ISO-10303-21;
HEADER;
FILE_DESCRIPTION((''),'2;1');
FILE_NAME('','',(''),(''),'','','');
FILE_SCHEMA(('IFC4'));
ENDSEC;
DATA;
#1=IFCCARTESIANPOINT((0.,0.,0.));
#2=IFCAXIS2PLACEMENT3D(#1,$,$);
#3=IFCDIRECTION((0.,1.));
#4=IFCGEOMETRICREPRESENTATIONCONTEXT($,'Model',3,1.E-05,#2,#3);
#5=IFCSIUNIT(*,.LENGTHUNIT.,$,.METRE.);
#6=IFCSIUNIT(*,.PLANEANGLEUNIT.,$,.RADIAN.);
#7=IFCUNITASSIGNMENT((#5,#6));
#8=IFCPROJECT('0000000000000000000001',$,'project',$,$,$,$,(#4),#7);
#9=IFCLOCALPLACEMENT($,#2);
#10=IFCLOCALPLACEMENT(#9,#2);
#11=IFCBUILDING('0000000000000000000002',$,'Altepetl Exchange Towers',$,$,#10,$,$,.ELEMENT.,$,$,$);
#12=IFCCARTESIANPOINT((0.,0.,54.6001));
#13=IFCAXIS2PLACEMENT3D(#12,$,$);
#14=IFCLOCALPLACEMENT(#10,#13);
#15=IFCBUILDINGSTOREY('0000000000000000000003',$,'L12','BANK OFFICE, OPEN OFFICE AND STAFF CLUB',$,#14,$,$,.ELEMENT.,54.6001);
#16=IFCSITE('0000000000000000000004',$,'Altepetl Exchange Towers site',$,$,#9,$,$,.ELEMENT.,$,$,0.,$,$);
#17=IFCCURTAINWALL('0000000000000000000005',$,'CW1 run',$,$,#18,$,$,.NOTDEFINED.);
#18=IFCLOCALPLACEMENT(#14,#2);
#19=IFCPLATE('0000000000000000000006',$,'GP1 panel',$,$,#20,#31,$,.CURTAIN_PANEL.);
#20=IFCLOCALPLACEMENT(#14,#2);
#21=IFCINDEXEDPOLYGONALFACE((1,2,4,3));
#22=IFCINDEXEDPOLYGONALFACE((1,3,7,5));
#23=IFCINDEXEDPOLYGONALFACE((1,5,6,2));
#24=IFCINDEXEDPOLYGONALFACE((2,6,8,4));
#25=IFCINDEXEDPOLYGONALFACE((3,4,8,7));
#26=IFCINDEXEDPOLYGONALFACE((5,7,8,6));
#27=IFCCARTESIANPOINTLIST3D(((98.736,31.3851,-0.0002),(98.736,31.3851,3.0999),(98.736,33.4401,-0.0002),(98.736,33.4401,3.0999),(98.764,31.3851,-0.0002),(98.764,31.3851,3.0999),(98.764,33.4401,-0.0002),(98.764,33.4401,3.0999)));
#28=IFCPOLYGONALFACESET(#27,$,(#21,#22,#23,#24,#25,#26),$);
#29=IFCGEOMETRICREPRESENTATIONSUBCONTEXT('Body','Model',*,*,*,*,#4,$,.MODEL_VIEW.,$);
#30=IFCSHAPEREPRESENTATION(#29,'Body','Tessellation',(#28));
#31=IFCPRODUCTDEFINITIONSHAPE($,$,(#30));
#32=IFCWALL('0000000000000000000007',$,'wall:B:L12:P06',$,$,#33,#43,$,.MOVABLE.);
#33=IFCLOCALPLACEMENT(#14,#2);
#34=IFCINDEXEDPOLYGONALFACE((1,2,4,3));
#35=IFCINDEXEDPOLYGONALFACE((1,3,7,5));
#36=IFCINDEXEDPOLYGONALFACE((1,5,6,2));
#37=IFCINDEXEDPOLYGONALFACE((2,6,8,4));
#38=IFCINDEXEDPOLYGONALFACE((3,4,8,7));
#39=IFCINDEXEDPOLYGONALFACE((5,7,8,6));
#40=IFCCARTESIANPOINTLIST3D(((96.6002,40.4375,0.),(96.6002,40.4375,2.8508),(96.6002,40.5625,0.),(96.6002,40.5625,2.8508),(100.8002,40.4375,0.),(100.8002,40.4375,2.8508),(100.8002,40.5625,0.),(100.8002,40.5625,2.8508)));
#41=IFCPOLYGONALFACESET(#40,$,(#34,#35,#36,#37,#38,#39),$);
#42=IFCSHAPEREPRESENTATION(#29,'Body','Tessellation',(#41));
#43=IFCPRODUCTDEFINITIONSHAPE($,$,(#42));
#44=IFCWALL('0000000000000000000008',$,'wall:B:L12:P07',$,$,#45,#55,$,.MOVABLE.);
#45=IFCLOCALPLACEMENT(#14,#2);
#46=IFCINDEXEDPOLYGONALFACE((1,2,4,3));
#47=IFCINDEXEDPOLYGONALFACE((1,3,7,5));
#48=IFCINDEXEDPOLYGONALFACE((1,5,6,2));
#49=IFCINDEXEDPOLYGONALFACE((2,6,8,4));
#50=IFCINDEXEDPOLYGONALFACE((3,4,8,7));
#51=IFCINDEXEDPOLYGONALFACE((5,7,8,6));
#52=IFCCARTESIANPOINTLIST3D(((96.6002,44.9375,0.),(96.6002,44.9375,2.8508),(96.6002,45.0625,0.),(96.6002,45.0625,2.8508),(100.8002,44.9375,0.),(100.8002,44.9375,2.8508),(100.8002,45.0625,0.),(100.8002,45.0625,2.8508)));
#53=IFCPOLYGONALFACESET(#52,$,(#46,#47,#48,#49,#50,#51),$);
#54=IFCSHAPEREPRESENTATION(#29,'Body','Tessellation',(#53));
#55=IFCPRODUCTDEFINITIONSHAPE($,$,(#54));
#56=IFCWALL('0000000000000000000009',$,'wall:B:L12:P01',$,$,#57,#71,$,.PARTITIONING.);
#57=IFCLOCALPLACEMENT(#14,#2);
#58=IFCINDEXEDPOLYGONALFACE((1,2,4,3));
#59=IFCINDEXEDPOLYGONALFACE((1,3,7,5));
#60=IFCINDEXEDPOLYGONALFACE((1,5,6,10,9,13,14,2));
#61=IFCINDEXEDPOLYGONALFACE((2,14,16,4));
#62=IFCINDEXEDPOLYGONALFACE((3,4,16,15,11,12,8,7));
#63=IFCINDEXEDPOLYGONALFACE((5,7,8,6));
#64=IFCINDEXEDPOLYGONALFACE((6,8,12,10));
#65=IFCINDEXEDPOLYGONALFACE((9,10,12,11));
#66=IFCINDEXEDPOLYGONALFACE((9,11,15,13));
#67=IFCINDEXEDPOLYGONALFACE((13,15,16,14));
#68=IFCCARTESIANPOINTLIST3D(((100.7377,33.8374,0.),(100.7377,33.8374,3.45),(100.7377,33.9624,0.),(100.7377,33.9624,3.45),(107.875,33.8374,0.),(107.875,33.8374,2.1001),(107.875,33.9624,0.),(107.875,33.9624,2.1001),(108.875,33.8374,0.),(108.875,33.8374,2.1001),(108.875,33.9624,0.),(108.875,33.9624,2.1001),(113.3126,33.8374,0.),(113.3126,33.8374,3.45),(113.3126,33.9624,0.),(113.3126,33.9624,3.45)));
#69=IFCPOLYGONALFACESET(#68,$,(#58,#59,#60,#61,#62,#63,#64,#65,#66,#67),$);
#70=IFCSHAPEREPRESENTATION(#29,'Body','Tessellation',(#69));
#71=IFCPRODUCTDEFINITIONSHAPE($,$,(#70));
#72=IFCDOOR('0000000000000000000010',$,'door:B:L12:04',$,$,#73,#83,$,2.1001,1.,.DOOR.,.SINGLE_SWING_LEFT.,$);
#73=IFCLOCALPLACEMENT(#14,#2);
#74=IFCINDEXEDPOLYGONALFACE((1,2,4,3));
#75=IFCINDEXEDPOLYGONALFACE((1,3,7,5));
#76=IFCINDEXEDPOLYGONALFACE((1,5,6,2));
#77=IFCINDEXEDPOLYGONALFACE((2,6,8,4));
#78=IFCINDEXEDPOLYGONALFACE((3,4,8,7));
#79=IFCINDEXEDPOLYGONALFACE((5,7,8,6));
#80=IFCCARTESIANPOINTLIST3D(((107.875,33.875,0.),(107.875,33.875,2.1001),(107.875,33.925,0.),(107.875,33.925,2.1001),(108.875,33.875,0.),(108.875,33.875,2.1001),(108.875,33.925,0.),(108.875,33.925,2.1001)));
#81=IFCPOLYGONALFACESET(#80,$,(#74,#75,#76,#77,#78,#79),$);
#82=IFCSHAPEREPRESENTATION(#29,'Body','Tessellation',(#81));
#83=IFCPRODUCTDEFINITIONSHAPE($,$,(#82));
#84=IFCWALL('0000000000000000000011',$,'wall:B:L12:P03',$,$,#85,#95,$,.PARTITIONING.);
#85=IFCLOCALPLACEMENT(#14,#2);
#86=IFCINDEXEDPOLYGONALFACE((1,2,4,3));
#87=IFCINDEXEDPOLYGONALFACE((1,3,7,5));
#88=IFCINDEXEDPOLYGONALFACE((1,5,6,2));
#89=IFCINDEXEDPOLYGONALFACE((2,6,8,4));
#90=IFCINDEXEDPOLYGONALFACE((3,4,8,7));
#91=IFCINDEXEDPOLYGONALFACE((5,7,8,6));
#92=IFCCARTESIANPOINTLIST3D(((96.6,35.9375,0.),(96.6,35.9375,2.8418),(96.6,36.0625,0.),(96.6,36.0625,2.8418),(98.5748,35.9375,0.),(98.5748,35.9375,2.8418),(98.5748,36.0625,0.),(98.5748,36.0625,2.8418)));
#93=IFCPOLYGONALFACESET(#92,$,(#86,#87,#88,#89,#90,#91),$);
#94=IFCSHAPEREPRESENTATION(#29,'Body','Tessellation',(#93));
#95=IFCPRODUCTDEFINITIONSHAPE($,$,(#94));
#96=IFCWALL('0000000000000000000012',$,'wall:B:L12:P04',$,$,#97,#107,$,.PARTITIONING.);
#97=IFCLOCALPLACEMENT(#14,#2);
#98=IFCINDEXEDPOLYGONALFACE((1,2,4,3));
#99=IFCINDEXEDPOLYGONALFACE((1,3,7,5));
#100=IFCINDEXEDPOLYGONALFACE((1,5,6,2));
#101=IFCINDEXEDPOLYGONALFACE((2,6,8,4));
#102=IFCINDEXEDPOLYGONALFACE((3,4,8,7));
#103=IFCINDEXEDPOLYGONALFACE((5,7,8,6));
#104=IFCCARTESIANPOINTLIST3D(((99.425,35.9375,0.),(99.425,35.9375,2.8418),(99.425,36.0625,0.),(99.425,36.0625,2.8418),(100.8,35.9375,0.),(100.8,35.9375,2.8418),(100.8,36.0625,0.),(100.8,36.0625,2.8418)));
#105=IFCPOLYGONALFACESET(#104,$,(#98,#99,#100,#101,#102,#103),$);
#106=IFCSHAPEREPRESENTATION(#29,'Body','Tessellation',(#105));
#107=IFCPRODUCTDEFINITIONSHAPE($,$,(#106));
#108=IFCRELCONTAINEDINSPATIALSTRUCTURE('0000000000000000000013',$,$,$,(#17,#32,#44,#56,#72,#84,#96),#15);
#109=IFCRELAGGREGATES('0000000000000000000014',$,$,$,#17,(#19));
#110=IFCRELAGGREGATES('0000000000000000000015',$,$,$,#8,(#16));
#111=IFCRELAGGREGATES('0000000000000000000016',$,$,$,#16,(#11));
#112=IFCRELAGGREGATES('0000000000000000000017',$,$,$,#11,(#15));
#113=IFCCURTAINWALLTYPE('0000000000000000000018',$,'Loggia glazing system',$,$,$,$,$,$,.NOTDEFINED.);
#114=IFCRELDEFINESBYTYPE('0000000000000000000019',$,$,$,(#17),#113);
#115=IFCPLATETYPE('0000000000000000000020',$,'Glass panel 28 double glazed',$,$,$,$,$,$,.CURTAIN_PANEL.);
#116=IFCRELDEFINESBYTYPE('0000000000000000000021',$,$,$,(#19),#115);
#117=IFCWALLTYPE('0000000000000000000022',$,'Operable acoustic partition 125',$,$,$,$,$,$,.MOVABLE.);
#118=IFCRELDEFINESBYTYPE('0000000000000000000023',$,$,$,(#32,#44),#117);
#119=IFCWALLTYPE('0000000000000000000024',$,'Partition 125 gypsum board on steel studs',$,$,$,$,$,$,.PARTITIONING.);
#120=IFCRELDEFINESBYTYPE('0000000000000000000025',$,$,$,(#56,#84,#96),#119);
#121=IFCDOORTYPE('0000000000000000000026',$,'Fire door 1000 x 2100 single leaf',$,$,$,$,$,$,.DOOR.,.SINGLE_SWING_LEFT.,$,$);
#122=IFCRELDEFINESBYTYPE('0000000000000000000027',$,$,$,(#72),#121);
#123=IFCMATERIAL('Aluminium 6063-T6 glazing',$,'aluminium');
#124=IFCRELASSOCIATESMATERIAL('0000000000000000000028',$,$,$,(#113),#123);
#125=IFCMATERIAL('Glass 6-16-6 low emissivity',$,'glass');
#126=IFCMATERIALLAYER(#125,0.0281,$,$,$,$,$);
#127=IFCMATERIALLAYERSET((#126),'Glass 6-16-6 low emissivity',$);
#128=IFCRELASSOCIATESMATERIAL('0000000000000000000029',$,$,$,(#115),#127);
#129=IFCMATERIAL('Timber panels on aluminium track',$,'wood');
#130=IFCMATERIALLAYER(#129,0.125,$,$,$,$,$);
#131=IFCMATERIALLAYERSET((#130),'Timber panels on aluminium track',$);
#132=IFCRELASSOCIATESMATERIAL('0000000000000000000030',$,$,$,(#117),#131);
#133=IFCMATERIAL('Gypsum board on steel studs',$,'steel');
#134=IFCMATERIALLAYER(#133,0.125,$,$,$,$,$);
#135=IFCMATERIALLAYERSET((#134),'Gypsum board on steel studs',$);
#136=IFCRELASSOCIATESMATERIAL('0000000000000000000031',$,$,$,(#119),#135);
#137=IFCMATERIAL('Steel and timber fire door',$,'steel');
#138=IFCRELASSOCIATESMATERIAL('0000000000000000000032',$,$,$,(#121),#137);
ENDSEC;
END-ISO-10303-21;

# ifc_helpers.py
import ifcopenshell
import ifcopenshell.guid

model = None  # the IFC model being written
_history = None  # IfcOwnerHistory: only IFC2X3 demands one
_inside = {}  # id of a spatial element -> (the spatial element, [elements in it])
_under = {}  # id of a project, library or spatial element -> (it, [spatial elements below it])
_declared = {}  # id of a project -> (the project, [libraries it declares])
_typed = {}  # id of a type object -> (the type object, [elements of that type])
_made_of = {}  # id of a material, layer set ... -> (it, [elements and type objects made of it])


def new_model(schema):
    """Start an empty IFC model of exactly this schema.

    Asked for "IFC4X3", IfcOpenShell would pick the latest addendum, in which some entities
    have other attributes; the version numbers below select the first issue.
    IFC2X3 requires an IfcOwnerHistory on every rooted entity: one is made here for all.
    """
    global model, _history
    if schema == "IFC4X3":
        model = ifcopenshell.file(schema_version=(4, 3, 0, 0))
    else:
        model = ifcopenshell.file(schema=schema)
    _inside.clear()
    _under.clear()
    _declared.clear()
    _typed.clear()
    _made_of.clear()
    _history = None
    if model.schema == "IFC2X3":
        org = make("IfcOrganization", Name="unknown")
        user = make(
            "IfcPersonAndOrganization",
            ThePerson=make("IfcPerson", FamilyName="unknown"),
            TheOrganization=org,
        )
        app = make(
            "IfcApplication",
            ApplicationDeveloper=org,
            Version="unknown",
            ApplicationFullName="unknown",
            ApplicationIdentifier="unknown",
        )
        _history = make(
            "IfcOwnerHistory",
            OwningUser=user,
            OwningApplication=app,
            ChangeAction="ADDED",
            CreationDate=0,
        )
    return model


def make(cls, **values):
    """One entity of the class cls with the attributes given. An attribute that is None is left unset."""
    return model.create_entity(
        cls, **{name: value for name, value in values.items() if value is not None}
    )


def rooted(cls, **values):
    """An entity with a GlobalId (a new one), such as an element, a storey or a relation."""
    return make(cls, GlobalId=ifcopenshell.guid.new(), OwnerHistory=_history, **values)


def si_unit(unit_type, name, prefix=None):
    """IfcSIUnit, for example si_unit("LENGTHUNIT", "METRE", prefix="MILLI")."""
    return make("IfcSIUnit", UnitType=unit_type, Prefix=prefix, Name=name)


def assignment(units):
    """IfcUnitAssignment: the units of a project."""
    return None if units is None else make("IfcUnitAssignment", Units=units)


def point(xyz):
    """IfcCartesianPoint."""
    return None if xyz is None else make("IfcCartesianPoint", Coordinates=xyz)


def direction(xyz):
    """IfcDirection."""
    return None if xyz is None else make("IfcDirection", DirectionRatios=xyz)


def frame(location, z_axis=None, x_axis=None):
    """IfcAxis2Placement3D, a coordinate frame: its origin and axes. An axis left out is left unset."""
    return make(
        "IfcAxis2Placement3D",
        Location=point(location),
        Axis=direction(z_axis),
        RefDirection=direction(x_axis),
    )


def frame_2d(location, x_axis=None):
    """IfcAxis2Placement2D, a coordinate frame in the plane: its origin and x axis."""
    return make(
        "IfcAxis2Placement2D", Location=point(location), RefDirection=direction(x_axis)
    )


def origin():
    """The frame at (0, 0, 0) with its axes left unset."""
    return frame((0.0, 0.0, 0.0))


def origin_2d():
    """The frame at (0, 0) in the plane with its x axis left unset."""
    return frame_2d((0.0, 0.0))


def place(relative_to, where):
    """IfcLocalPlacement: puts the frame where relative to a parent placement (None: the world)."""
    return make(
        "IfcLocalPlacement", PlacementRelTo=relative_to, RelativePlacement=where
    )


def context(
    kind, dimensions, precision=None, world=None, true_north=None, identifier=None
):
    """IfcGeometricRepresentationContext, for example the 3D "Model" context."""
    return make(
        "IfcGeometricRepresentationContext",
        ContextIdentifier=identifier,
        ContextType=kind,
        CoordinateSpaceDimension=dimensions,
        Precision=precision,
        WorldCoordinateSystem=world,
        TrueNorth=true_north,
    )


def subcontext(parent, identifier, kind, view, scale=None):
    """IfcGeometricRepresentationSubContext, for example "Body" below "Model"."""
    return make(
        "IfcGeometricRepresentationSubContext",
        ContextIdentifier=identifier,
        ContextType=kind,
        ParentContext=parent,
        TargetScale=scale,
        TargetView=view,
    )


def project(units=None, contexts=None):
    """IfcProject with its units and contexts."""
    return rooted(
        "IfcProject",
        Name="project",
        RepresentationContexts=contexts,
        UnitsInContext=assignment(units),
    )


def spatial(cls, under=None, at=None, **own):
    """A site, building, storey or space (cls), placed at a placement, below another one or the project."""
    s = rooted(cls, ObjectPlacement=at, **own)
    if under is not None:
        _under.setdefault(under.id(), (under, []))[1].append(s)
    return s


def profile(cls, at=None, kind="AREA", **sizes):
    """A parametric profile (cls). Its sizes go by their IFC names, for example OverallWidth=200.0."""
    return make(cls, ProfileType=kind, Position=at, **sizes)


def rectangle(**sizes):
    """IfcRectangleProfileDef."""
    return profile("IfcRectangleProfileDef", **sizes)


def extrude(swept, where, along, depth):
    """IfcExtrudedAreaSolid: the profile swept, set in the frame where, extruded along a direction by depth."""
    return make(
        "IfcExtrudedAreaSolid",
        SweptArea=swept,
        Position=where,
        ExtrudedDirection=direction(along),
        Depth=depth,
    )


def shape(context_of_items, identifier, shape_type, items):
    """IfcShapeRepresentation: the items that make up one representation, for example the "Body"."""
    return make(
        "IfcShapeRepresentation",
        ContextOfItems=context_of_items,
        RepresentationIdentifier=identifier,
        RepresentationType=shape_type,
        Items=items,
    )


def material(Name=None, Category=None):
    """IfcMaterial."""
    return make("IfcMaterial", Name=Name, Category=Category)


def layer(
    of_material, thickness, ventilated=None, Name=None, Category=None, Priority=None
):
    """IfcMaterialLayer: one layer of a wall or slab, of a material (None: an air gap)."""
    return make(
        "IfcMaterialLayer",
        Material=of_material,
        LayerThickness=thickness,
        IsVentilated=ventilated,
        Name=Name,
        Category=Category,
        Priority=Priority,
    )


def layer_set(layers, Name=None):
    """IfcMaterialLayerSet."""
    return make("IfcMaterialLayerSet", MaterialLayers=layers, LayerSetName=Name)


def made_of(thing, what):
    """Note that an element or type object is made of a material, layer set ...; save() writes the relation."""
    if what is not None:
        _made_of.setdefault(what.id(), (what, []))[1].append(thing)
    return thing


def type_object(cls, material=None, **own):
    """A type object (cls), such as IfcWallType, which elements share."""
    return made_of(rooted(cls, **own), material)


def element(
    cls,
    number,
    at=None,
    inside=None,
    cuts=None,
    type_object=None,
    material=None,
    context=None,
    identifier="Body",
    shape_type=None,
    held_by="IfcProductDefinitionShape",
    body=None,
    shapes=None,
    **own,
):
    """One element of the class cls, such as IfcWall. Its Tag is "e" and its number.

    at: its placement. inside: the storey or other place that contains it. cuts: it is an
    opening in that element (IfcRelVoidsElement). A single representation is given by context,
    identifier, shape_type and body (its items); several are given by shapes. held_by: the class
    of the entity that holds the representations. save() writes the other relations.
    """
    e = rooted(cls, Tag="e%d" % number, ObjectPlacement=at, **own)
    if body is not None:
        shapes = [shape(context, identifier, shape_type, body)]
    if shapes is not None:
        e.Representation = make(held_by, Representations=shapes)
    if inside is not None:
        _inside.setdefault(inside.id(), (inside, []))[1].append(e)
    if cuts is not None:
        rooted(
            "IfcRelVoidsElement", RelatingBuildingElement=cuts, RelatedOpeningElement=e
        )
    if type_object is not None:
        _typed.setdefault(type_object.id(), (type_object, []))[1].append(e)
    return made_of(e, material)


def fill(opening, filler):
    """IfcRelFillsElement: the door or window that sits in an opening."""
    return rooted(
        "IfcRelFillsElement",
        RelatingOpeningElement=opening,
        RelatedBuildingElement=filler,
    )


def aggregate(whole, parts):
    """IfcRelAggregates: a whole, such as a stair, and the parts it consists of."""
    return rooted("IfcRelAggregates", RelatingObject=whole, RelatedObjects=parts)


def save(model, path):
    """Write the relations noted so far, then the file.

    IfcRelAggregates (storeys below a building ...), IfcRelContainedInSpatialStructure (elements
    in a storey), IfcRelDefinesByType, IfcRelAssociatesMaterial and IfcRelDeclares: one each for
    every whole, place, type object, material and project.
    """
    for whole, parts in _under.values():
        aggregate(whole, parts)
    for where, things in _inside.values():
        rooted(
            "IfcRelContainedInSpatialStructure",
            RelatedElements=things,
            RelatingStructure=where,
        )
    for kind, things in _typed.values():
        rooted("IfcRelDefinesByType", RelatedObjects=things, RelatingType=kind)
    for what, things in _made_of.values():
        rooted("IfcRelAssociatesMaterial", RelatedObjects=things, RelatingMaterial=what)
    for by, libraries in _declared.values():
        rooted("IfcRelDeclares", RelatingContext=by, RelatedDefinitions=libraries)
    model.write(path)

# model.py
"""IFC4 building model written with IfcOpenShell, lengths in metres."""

from ifc_helpers import new_model, si_unit, direction, frame, frame_2d, origin, origin_2d, place, context, subcontext, project, spatial, rectangle, extrude, material, layer, layer_set, type_object, element, fill, aggregate, save


model = new_model("IFC4")

# Units and contexts
model_context = context("Model", 3, precision=1e-05, world=origin(), true_north=direction((0.0, 1.0)))
body_context = subcontext(model_context, "Body", "Model", "MODEL_VIEW")
ifc_project = project(units=[si_unit("LENGTHUNIT", "METRE"), si_unit("PLANEANGLEUNIT", "RADIAN")], contexts=[model_context])

# Site, building, storey
site_placement = place(None, origin())
site = spatial("IfcSite", under=ifc_project, at=site_placement, Name="Altepetl Exchange Towers site", CompositionType="ELEMENT", RefElevation=0.0)
building_placement = place(site_placement, origin())
building = spatial("IfcBuilding", under=site, at=building_placement, Name="Altepetl Exchange Towers", CompositionType="ELEMENT")
storey_placement = place(building_placement, frame((0.0, 0.0, 54.6001)))
storey = spatial("IfcBuildingStorey", under=building, at=storey_placement, Name="L12", Description="BANK OFFICE, OPEN OFFICE AND STAFF CLUB", CompositionType="ELEMENT", Elevation=54.6001)

# Shared definitions
ifc_material_1 = material(Name="Aluminium 6063-T6 glazing", Category="aluminium")
curtain_wall_type = type_object("IfcCurtainWallType", Name="Loggia glazing system", PredefinedType="NOTDEFINED", material=ifc_material_1)

# Curtain wall
curtain_wall_1_placement = place(storey_placement, origin())
curtain_wall_1 = element("IfcCurtainWall", 1, at=curtain_wall_1_placement, inside=storey, type_object=curtain_wall_type, Name="CW1 run", PredefinedType="NOTDEFINED")

# Plate
ifc_material_2 = material(Name="Glass 6-16-6 low emissivity", Category="glass")
ifc_layer_1 = layer(ifc_material_2, 0.0281)
ifc_layer_set_1 = layer_set([ifc_layer_1], Name="Glass 6-16-6 low emissivity")
plate_type = type_object("IfcPlateType", Name="Glass panel 28 double glazed", PredefinedType="CURTAIN_PANEL", material=ifc_layer_set_1)
plate_1_placement = place(storey_placement, frame((98.75, 32.4126, -0.0002), z_axis=(0.0, 0.0, 1.0), x_axis=(0.0, -1.0, 0.0)))
plate_1 = element("IfcPlate", 2, at=plate_1_placement, type_object=plate_type, Name="GP1 panel", PredefinedType="CURTAIN_PANEL", context=body_context, shape_type="SweptSolid", body=[
    extrude(rectangle(XDim=2.0549, YDim=0.0281, at=origin_2d()), origin(), (0.0, 0.0, 1.0), 3.1001),
])
aggregate(curtain_wall_1, [plate_1])

# Walls
ifc_material_3 = material(Name="Timber panels on aluminium track", Category="wood")
ifc_layer_2 = layer(ifc_material_3, 0.125)
ifc_layer_set_2 = layer_set([ifc_layer_2], Name="Timber panels on aluminium track")
wall_type_1 = type_object("IfcWallType", Name="Operable acoustic partition 125", PredefinedType="MOVABLE", material=ifc_layer_set_2)
for number, where, name in (
    (3, (96.6001, 40.5, 0.0), "wall:B:L12:P06"),
    (4, (96.6001, 45.0, 0.0), "wall:B:L12:P07"),
):
    element("IfcWall", number, at=place(storey_placement, frame(where)), inside=storey, type_object=wall_type_1, Name=name, PredefinedType="MOVABLE", context=body_context, shape_type="SweptSolid", body=[
        extrude(rectangle(XDim=4.2, YDim=0.125, at=frame_2d((2.1001, 0.0))), origin(), (0.0, 0.0, 1.0), 2.8508),
    ])

# Wall, opening, door
ifc_material_4 = material(Name="Gypsum board on steel studs", Category="steel")
ifc_layer_3 = layer(ifc_material_4, 0.125)
ifc_layer_set_3 = layer_set([ifc_layer_3], Name="Gypsum board on steel studs")
wall_type_2 = type_object("IfcWallType", Name="Partition 125 gypsum board on steel studs", PredefinedType="PARTITIONING", material=ifc_layer_set_3)
wall_1_placement = place(storey_placement, frame((100.7375, 33.8999, 0.0)))
wall_1 = element("IfcWall", 5, at=wall_1_placement, inside=storey, type_object=wall_type_2, Name="wall:B:L12:P01", PredefinedType="PARTITIONING", context=body_context, shape_type="SweptSolid", body=[
    extrude(rectangle(XDim=12.575, YDim=0.125, at=frame_2d((6.2876, 0.0))), origin(), (0.0, 0.0, 1.0), 3.45),
])
opening_1_placement = place(wall_1_placement, frame((7.1375, 0.0, 0.0)))
opening_1 = element("IfcOpeningElement", 6, at=opening_1_placement, cuts=wall_1, PredefinedType="OPENING", context=body_context, shape_type="SweptSolid", body=[
    extrude(rectangle(XDim=1.0, YDim=2.1001, at=frame_2d((0.5, 1.05))), frame((0.0, 0.0725, 0.0), z_axis=(0.0, -1.0, 0.0), x_axis=(1.0, 0.0, 0.0)), (0.0, 0.0, 1.0), 0.145),
])
ifc_material_5 = material(Name="Steel and timber fire door", Category="steel")
door_type = type_object("IfcDoorType", Name="Fire door 1000 x 2100 single leaf", OperationType="SINGLE_SWING_LEFT", PredefinedType="DOOR", material=ifc_material_5)
door_1_placement = place(opening_1_placement, frame((1.0, 0.0, 0.0), x_axis=(-1.0, 0.0, 0.0)))
door_1 = element("IfcDoor", 7, at=door_1_placement, inside=storey, type_object=door_type, Name="door:B:L12:04", OperationType="SINGLE_SWING_LEFT", OverallHeight=2.1001, OverallWidth=1.0, PredefinedType="DOOR", context=body_context, shape_type="SweptSolid", body=[
    extrude(rectangle(XDim=1.0, YDim=2.1001, at=frame_2d((0.5, 1.05))), frame((0.0, 0.0249, 0.0), z_axis=(0.0, -1.0, 0.0), x_axis=(1.0, 0.0, 0.0)), (0.0, 0.0, 1.0), 0.05),
])
fill(opening_1, door_1)

# Walls
wall_2_placement = place(storey_placement, frame((96.6001, 36.0, 0.0)))
element("IfcWall", 8, at=wall_2_placement, inside=storey, type_object=wall_type_2, Name="wall:B:L12:P03", PredefinedType="PARTITIONING", context=body_context, shape_type="SweptSolid", body=[
    extrude(rectangle(XDim=1.9749, YDim=0.125, at=frame_2d((0.9873, 0.0))), origin(), (0.0, 0.0, 1.0), 2.8418),
])
wall_3_placement = place(storey_placement, frame((99.425, 36.0, 0.0)))
element("IfcWall", 9, at=wall_3_placement, inside=storey, type_object=wall_type_2, Name="wall:B:L12:P04", PredefinedType="PARTITIONING", context=body_context, shape_type="SweptSolid", body=[
    extrude(rectangle(XDim=1.375, YDim=0.125, at=frame_2d((0.6875, 0.0))), origin(), (0.0, 0.0, 1.0), 2.8418),
])

save(model, "model.ifc")
